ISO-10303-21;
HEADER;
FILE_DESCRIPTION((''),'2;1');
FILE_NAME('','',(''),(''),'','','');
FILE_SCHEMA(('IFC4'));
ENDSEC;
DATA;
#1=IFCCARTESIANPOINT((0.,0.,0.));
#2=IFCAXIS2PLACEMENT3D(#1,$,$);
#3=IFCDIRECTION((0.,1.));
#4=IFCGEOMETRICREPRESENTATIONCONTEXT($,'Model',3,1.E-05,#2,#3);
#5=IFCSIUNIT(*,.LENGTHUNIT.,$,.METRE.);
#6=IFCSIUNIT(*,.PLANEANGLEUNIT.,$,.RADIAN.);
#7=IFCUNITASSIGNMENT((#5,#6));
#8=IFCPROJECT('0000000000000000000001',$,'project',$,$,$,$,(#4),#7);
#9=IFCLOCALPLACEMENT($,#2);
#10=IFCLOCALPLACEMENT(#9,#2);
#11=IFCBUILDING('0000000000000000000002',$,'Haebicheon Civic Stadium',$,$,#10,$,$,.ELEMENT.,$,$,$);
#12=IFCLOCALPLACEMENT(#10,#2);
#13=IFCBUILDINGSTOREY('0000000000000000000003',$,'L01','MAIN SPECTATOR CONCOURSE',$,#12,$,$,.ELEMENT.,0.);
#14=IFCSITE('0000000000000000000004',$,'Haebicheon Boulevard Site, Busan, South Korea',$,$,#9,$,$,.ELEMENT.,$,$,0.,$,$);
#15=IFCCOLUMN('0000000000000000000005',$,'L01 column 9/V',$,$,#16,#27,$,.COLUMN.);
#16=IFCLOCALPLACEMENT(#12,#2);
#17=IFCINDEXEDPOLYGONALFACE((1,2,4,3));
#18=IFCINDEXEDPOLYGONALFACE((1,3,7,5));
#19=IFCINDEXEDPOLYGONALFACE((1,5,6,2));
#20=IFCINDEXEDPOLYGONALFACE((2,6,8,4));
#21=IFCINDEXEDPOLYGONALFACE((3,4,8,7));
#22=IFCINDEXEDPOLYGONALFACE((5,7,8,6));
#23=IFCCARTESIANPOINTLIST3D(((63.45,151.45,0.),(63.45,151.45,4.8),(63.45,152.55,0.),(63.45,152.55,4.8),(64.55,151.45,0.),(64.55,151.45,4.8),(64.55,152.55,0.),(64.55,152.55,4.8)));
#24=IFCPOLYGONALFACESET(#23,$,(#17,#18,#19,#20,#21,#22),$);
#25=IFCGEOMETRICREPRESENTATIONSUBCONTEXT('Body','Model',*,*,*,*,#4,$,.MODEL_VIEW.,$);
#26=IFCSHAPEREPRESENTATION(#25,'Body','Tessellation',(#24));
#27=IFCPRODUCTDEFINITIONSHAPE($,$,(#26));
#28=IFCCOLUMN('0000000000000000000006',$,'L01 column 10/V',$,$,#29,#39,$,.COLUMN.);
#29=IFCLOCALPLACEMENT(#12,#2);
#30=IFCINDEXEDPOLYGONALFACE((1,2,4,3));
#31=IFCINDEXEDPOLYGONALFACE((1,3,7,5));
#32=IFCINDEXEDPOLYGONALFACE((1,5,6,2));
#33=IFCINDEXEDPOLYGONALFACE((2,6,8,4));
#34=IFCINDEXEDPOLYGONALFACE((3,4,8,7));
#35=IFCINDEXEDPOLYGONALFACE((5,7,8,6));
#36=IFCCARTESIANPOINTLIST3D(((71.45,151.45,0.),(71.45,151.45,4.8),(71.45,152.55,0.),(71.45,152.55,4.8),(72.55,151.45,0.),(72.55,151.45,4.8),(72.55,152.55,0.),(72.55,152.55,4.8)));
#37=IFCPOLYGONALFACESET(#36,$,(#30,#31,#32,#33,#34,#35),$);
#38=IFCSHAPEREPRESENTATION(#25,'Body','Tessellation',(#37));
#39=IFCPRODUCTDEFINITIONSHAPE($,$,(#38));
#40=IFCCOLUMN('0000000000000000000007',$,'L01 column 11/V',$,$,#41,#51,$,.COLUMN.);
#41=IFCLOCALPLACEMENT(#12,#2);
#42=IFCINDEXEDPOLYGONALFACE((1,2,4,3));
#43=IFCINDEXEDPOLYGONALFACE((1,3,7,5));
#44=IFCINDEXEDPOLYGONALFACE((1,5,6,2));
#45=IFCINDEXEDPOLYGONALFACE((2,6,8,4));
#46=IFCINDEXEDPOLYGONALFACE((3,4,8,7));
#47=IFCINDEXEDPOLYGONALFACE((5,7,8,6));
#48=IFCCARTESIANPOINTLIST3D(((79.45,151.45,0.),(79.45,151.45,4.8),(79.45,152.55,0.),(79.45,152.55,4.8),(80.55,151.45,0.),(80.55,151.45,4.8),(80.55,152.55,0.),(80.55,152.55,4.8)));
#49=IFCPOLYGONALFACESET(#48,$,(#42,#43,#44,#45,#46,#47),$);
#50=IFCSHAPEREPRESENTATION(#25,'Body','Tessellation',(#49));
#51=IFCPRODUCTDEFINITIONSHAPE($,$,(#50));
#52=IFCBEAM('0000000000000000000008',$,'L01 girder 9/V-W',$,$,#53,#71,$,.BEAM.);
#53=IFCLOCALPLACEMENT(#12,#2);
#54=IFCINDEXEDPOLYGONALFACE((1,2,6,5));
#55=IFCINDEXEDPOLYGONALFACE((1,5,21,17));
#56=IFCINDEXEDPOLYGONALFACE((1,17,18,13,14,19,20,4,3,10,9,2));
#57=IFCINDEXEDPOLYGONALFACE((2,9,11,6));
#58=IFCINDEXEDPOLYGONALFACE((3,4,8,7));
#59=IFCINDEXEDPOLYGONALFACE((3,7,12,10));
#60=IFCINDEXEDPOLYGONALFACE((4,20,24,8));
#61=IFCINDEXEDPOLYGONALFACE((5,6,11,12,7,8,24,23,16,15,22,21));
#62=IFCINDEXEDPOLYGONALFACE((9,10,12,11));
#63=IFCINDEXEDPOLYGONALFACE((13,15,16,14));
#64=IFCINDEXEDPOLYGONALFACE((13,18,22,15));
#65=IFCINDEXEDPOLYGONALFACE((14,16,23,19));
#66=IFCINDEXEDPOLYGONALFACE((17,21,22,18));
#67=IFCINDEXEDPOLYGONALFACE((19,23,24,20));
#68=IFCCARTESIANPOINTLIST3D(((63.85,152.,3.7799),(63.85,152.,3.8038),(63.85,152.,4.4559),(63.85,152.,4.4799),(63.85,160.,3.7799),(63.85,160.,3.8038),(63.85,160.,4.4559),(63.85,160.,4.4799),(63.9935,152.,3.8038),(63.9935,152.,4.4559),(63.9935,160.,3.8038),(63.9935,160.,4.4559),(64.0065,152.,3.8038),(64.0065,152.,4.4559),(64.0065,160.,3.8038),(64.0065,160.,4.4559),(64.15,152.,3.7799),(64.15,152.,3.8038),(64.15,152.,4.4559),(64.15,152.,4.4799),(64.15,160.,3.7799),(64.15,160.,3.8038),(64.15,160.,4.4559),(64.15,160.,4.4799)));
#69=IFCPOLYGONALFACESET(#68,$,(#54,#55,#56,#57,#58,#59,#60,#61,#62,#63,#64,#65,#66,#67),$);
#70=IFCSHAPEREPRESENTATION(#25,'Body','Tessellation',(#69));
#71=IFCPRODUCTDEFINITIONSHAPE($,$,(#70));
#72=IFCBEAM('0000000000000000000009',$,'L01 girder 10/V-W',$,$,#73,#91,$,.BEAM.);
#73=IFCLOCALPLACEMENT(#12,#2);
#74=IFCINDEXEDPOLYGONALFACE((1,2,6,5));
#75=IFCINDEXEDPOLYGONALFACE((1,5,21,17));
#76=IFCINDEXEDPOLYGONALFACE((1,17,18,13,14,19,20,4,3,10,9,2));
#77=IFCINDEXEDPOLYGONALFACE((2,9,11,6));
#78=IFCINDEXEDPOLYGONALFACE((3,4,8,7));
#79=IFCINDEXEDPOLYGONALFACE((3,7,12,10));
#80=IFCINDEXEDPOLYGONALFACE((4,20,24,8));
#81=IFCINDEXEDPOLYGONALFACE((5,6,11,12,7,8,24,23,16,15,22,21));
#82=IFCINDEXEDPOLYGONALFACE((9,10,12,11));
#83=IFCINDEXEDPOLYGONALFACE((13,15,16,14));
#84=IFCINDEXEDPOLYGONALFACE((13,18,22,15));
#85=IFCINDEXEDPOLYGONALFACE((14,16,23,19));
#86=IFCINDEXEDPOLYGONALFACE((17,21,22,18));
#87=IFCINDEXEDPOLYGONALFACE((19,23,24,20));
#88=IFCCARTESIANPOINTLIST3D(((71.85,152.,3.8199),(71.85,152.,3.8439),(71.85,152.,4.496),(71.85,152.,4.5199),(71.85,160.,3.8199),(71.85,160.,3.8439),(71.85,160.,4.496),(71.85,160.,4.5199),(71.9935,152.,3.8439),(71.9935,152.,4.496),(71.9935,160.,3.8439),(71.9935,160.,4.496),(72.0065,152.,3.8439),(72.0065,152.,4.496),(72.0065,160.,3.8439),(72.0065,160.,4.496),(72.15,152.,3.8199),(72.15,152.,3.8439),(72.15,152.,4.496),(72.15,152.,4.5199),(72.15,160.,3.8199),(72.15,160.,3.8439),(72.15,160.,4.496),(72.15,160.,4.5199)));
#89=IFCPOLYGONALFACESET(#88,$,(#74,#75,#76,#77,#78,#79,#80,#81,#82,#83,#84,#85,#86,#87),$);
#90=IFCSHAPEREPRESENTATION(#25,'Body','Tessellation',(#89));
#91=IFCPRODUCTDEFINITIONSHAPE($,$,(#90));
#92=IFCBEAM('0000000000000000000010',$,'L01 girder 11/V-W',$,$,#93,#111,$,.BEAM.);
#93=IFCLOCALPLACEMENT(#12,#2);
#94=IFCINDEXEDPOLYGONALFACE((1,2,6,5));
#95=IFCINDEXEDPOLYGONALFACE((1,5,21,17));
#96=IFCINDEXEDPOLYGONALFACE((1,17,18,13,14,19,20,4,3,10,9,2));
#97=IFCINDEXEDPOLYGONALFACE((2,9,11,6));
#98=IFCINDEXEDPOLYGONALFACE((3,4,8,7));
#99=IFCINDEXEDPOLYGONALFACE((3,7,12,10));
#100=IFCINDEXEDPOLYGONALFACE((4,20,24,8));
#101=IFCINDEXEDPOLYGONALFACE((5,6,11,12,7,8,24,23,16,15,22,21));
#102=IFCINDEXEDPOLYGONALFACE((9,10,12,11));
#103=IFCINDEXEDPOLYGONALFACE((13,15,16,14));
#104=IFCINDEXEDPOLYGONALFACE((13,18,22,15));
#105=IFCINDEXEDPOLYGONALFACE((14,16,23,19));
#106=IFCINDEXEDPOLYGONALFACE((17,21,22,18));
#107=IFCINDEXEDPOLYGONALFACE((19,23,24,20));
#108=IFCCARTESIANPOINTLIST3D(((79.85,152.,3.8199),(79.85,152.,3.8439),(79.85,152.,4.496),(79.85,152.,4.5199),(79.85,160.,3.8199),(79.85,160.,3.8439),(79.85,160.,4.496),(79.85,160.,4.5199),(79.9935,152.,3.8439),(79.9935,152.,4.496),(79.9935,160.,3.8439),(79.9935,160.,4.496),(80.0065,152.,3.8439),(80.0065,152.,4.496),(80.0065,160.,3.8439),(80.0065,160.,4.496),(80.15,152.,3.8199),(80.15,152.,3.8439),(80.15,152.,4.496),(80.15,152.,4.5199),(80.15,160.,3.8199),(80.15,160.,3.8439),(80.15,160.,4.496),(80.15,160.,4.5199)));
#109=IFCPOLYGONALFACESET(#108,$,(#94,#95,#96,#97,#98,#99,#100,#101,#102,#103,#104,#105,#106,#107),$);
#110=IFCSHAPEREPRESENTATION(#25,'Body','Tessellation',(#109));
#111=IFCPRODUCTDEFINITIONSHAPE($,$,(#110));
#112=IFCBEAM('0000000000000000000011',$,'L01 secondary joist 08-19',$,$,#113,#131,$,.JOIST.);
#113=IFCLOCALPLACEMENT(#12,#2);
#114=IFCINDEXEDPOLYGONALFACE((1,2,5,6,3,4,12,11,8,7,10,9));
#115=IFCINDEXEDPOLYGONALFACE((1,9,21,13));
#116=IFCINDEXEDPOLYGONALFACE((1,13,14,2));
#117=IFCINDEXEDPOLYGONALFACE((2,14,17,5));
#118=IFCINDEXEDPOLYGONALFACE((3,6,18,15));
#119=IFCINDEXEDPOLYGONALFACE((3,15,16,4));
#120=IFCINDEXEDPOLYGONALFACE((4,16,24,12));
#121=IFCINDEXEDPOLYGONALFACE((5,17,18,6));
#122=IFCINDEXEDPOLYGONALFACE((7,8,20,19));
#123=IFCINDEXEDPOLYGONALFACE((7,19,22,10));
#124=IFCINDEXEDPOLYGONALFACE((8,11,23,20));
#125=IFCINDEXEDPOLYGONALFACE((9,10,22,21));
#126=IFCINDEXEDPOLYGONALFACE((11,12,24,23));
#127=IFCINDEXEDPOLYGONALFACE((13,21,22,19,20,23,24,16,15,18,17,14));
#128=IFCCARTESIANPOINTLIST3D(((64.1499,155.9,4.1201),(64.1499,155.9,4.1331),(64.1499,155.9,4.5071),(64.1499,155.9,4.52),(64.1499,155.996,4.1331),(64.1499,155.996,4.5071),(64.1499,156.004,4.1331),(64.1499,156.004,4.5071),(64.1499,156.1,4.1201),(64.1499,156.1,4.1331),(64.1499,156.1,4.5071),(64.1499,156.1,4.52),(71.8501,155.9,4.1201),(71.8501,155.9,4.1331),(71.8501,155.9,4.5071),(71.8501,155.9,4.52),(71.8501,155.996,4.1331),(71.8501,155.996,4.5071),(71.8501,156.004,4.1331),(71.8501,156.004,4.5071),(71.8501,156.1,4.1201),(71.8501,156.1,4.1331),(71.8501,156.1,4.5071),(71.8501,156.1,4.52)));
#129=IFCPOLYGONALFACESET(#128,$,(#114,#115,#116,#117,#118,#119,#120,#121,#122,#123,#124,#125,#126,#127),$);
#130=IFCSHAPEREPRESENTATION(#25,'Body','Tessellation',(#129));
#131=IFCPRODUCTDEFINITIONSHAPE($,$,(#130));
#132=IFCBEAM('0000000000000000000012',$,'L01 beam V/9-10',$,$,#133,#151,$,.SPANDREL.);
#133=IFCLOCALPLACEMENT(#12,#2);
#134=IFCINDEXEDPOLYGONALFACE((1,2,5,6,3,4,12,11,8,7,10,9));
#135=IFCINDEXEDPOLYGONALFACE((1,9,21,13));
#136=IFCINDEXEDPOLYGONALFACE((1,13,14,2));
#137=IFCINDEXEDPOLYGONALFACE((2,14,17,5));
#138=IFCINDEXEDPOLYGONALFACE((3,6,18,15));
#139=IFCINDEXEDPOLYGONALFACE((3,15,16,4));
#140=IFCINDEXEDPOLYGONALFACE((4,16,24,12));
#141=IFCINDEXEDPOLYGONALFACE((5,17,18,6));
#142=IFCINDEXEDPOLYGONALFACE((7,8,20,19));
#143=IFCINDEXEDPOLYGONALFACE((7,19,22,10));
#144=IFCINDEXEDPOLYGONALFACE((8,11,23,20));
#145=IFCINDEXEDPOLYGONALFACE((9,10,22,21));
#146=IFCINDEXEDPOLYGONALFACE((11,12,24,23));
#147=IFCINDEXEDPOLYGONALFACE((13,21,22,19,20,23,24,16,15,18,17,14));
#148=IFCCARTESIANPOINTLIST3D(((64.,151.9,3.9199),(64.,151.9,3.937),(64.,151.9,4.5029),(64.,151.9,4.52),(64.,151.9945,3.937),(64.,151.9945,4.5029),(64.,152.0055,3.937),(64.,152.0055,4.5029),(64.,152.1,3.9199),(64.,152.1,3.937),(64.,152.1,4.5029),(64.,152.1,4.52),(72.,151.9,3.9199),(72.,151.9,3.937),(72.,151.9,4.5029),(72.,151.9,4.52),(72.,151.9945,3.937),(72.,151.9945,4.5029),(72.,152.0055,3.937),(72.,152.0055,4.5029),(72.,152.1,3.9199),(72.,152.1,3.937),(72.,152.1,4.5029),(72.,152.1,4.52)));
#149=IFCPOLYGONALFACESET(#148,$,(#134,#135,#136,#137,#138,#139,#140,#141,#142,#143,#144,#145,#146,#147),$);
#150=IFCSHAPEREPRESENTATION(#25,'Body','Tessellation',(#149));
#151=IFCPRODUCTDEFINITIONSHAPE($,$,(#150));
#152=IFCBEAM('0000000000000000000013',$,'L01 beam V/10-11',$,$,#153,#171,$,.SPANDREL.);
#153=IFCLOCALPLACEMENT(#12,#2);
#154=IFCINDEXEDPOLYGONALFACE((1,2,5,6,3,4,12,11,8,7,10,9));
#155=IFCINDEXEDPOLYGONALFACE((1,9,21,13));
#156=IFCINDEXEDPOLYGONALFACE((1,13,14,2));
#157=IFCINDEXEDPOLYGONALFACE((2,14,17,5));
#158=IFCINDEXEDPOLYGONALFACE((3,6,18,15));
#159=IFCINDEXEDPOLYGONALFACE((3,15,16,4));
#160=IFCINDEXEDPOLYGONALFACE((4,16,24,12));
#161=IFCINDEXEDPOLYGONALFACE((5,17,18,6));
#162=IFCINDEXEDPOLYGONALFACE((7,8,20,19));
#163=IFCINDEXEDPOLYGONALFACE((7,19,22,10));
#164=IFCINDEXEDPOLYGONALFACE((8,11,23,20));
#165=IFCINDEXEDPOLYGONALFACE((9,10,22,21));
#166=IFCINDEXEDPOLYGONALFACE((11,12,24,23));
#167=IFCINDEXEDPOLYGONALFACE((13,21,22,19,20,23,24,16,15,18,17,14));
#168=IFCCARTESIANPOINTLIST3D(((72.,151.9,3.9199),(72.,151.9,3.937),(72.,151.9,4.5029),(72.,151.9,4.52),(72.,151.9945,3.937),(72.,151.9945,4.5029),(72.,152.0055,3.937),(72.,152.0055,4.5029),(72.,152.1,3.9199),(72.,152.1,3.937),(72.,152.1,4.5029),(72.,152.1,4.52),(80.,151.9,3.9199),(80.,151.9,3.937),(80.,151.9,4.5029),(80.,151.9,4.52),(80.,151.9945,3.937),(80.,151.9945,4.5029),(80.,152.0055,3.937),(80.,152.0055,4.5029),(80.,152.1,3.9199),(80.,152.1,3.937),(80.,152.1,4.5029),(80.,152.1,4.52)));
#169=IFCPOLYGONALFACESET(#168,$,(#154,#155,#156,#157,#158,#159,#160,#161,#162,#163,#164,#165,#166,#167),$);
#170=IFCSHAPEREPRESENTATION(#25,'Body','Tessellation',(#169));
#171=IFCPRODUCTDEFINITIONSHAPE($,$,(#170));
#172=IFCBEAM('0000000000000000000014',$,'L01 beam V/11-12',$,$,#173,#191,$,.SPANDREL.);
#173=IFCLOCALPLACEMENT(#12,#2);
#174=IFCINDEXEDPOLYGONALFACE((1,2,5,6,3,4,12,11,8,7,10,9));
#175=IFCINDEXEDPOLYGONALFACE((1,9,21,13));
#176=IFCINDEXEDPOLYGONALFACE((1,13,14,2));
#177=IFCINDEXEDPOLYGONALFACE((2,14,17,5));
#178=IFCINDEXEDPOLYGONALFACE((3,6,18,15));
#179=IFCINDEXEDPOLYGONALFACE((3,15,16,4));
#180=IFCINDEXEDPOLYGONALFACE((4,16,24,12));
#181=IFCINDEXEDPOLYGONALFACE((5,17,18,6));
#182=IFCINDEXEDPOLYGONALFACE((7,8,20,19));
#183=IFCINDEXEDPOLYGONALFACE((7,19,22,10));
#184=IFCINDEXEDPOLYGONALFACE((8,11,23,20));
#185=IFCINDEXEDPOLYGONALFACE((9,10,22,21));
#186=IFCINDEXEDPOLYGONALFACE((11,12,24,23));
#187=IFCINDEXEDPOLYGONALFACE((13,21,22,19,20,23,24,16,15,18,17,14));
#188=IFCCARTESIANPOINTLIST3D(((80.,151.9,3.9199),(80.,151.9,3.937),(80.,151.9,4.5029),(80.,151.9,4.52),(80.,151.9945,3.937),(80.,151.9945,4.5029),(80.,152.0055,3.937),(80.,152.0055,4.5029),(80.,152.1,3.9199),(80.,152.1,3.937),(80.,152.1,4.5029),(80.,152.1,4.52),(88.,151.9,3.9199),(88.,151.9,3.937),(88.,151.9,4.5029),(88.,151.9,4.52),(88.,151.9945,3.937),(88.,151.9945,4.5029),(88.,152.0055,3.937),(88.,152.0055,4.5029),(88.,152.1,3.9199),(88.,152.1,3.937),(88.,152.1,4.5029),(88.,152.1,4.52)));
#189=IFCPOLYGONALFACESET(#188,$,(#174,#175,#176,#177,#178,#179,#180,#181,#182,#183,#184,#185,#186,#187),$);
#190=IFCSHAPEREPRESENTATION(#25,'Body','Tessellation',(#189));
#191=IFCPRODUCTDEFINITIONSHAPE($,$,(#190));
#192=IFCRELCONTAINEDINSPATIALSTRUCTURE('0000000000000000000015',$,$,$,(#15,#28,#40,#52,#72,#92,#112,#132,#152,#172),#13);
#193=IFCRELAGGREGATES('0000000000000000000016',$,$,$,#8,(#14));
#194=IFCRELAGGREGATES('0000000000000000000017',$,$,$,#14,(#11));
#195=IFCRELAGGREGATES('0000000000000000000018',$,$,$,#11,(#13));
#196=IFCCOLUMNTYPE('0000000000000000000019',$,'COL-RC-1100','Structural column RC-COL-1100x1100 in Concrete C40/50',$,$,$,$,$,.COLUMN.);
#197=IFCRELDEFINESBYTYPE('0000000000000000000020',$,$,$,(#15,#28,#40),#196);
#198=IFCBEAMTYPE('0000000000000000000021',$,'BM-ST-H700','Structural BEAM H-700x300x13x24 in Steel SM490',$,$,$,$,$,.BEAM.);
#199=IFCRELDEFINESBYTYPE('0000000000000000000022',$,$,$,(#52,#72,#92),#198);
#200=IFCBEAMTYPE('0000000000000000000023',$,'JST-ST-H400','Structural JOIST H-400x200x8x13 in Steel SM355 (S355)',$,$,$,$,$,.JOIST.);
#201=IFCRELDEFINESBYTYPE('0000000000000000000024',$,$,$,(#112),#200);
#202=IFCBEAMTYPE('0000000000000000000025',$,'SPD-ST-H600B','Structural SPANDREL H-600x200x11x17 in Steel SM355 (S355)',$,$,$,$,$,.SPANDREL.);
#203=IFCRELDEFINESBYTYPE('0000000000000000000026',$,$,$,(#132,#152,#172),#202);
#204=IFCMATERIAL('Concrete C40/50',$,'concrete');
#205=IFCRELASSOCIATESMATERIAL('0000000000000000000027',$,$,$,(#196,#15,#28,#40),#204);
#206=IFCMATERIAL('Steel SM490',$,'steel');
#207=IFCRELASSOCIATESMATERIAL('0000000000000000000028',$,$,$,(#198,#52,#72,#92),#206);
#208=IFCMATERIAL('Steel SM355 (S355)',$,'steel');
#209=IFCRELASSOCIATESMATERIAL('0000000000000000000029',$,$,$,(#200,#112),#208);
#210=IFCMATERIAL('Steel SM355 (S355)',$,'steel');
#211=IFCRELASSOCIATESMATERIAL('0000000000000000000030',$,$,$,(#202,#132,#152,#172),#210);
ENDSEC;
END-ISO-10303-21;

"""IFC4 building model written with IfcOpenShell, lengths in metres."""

from ifc_helpers import new_model, si_unit, direction, frame, origin, origin_2d, place, context, subcontext, project, spatial, rectangle, i_section, extrude, material, material_profile, profile_set, type_object, element, save


model = new_model("IFC4")

# Units and contexts
model_context = context("Model", 3, precision=1e-05, world=origin(), true_north=direction((0.0, 1.0)))
body_context = subcontext(model_context, "Body", "Model", "MODEL_VIEW")
ifc_project = project(units=[si_unit("LENGTHUNIT", "METRE"), si_unit("PLANEANGLEUNIT", "RADIAN")], contexts=[model_context])

# Site, building, storey
site_placement = place(None, origin())
site = spatial("IfcSite", under=ifc_project, at=site_placement, Name="Haebicheon Boulevard Site, Busan, South Korea", CompositionType="ELEMENT", RefElevation=0.0)
building_placement = place(site_placement, origin())
building = spatial("IfcBuilding", under=site, at=building_placement, Name="Haebicheon Civic Stadium", CompositionType="ELEMENT")
storey_placement = place(building_placement, origin())
storey = spatial("IfcBuildingStorey", under=building, at=storey_placement, Name="L01", Description="MAIN SPECTATOR CONCOURSE", CompositionType="ELEMENT", Elevation=0.0)

# Columns
ifc_material_1 = material(Name="Concrete C40/50", Category="concrete")
ifc_material_profile_1 = material_profile(ifc_material_1, rectangle(XDim=1.1001, YDim=1.1001, at=origin_2d()), Name="RC-COL-1100x1100")
ifc_profile_set_1 = profile_set([ifc_material_profile_1], Name="Concrete C40/50")
column_type = type_object("IfcColumnType", Name="COL-RC-1100", Description="Structural column RC-COL-1100x1100 in Concrete C40/50", PredefinedType="COLUMN", material=ifc_profile_set_1)
for number, where, z_axis, x_axis, name in (
    (1, (64.0, 152.0, 0.0), (0.0, 0.0, 1.0), (1.0, 0.0, 0.0), "L01 column 9/V"),
    (2, (72.0, 152.0, 0.0), (0.0, 0.0, 1.0), (1.0, 0.0, 0.0), "L01 column 10/V"),
    (3, (80.0, 152.0, 0.0), (0.0, 0.0, 1.0), (1.0, 0.0, 0.0), "L01 column 11/V"),
):
    element("IfcColumn", number, at=place(storey_placement, frame(where, z_axis=z_axis, x_axis=x_axis)), inside=storey, type_object=column_type, material=ifc_profile_set_1, Name=name, PredefinedType="COLUMN", context=body_context, shape_type="SweptSolid", body=[
        extrude(rectangle(XDim=1.1001, YDim=1.1001, at=origin_2d()), origin(), (0.0, 0.0, 1.0), 4.8),
    ])

# Beams
ifc_material_2 = material(Name="Steel SM490", Category="steel")
ifc_material_profile_2 = material_profile(ifc_material_2, i_section(OverallWidth=0.3, OverallDepth=0.7, WebThickness=0.0129, FlangeThickness=0.0239, at=origin_2d()), Name="H-700x300x13x24")
ifc_profile_set_2 = profile_set([ifc_material_profile_2], Name="Steel SM490")
beam_type_1 = type_object("IfcBeamType", Name="BM-ST-H700", Description="Structural BEAM H-700x300x13x24 in Steel SM490", PredefinedType="BEAM", material=ifc_profile_set_2)
for number, where, z_axis, x_axis, name in (
    (4, (64.0, 152.0, 4.1299), (0.0, 1.0, 0.0), (-1.0, 0.0, 0.0), "L01 girder 9/V-W"),
    (5, (72.0, 152.0, 4.1699), (0.0, 1.0, 0.0), (-1.0, 0.0, 0.0), "L01 girder 10/V-W"),
    (6, (80.0, 152.0, 4.1699), (0.0, 1.0, 0.0), (-1.0, 0.0, 0.0), "L01 girder 11/V-W"),
):
    element("IfcBeam", number, at=place(storey_placement, frame(where, z_axis=z_axis, x_axis=x_axis)), inside=storey, type_object=beam_type_1, material=ifc_profile_set_2, Name=name, PredefinedType="BEAM", context=body_context, shape_type="SweptSolid", body=[
        extrude(i_section(OverallWidth=0.3, OverallDepth=0.7, WebThickness=0.0129, FlangeThickness=0.0239, at=origin_2d()), origin(), (0.0, 0.0, 1.0), 8.0),
    ])
ifc_material_3 = material(Name="Steel SM355 (S355)", Category="steel")
ifc_material_profile_3 = material_profile(ifc_material_3, i_section(OverallWidth=0.2, OverallDepth=0.3999, WebThickness=0.0081, FlangeThickness=0.0129, at=origin_2d()), Name="H-400x200x8x13")
ifc_profile_set_3 = profile_set([ifc_material_profile_3], Name="Steel SM355 (S355)")
beam_type_2 = type_object("IfcBeamType", Name="JST-ST-H400", Description="Structural JOIST H-400x200x8x13 in Steel SM355 (S355)", PredefinedType="JOIST", material=ifc_profile_set_3)
beam_placement = place(storey_placement, frame((64.1499, 156.0, 4.3201), z_axis=(1.0, 0.0, 0.0), x_axis=(0.0, 1.0, 0.0)))
element("IfcBeam", 7, at=beam_placement, inside=storey, type_object=beam_type_2, material=ifc_profile_set_3, Name="L01 secondary joist 08-19", PredefinedType="JOIST", context=body_context, shape_type="SweptSolid", body=[
    extrude(i_section(OverallWidth=0.2, OverallDepth=0.3999, WebThickness=0.0081, FlangeThickness=0.0129, at=origin_2d()), origin(), (0.0, 0.0, 1.0), 7.7002),
])
ifc_material_4 = material(Name="Steel SM355 (S355)", Category="steel")
ifc_material_profile_4 = material_profile(ifc_material_4, i_section(OverallWidth=0.2, OverallDepth=0.6001, WebThickness=0.011, FlangeThickness=0.0171, at=origin_2d()), Name="H-600x200x11x17")
ifc_profile_set_4 = profile_set([ifc_material_profile_4], Name="Steel SM355 (S355)")
beam_type_3 = type_object("IfcBeamType", Name="SPD-ST-H600B", Description="Structural SPANDREL H-600x200x11x17 in Steel SM355 (S355)", PredefinedType="SPANDREL", material=ifc_profile_set_4)
for number, where, z_axis, x_axis, name in (
    (8, (64.0, 152.0, 4.22), (1.0, 0.0, 0.0), (0.0, 1.0, 0.0), "L01 beam V/9-10"),
    (9, (72.0, 152.0, 4.22), (1.0, 0.0, 0.0), (0.0, 1.0, 0.0), "L01 beam V/10-11"),
    (10, (80.0, 152.0, 4.22), (1.0, 0.0, 0.0), (0.0, 1.0, 0.0), "L01 beam V/11-12"),
):
    element("IfcBeam", number, at=place(storey_placement, frame(where, z_axis=z_axis, x_axis=x_axis)), inside=storey, type_object=beam_type_3, material=ifc_profile_set_4, Name=name, PredefinedType="SPANDREL", context=body_context, shape_type="SweptSolid", body=[
        extrude(i_section(OverallWidth=0.2, OverallDepth=0.6001, WebThickness=0.011, FlangeThickness=0.0171, at=origin_2d()), origin(), (0.0, 0.0, 1.0), 8.0),
    ])

save(model, "model.ifc")
